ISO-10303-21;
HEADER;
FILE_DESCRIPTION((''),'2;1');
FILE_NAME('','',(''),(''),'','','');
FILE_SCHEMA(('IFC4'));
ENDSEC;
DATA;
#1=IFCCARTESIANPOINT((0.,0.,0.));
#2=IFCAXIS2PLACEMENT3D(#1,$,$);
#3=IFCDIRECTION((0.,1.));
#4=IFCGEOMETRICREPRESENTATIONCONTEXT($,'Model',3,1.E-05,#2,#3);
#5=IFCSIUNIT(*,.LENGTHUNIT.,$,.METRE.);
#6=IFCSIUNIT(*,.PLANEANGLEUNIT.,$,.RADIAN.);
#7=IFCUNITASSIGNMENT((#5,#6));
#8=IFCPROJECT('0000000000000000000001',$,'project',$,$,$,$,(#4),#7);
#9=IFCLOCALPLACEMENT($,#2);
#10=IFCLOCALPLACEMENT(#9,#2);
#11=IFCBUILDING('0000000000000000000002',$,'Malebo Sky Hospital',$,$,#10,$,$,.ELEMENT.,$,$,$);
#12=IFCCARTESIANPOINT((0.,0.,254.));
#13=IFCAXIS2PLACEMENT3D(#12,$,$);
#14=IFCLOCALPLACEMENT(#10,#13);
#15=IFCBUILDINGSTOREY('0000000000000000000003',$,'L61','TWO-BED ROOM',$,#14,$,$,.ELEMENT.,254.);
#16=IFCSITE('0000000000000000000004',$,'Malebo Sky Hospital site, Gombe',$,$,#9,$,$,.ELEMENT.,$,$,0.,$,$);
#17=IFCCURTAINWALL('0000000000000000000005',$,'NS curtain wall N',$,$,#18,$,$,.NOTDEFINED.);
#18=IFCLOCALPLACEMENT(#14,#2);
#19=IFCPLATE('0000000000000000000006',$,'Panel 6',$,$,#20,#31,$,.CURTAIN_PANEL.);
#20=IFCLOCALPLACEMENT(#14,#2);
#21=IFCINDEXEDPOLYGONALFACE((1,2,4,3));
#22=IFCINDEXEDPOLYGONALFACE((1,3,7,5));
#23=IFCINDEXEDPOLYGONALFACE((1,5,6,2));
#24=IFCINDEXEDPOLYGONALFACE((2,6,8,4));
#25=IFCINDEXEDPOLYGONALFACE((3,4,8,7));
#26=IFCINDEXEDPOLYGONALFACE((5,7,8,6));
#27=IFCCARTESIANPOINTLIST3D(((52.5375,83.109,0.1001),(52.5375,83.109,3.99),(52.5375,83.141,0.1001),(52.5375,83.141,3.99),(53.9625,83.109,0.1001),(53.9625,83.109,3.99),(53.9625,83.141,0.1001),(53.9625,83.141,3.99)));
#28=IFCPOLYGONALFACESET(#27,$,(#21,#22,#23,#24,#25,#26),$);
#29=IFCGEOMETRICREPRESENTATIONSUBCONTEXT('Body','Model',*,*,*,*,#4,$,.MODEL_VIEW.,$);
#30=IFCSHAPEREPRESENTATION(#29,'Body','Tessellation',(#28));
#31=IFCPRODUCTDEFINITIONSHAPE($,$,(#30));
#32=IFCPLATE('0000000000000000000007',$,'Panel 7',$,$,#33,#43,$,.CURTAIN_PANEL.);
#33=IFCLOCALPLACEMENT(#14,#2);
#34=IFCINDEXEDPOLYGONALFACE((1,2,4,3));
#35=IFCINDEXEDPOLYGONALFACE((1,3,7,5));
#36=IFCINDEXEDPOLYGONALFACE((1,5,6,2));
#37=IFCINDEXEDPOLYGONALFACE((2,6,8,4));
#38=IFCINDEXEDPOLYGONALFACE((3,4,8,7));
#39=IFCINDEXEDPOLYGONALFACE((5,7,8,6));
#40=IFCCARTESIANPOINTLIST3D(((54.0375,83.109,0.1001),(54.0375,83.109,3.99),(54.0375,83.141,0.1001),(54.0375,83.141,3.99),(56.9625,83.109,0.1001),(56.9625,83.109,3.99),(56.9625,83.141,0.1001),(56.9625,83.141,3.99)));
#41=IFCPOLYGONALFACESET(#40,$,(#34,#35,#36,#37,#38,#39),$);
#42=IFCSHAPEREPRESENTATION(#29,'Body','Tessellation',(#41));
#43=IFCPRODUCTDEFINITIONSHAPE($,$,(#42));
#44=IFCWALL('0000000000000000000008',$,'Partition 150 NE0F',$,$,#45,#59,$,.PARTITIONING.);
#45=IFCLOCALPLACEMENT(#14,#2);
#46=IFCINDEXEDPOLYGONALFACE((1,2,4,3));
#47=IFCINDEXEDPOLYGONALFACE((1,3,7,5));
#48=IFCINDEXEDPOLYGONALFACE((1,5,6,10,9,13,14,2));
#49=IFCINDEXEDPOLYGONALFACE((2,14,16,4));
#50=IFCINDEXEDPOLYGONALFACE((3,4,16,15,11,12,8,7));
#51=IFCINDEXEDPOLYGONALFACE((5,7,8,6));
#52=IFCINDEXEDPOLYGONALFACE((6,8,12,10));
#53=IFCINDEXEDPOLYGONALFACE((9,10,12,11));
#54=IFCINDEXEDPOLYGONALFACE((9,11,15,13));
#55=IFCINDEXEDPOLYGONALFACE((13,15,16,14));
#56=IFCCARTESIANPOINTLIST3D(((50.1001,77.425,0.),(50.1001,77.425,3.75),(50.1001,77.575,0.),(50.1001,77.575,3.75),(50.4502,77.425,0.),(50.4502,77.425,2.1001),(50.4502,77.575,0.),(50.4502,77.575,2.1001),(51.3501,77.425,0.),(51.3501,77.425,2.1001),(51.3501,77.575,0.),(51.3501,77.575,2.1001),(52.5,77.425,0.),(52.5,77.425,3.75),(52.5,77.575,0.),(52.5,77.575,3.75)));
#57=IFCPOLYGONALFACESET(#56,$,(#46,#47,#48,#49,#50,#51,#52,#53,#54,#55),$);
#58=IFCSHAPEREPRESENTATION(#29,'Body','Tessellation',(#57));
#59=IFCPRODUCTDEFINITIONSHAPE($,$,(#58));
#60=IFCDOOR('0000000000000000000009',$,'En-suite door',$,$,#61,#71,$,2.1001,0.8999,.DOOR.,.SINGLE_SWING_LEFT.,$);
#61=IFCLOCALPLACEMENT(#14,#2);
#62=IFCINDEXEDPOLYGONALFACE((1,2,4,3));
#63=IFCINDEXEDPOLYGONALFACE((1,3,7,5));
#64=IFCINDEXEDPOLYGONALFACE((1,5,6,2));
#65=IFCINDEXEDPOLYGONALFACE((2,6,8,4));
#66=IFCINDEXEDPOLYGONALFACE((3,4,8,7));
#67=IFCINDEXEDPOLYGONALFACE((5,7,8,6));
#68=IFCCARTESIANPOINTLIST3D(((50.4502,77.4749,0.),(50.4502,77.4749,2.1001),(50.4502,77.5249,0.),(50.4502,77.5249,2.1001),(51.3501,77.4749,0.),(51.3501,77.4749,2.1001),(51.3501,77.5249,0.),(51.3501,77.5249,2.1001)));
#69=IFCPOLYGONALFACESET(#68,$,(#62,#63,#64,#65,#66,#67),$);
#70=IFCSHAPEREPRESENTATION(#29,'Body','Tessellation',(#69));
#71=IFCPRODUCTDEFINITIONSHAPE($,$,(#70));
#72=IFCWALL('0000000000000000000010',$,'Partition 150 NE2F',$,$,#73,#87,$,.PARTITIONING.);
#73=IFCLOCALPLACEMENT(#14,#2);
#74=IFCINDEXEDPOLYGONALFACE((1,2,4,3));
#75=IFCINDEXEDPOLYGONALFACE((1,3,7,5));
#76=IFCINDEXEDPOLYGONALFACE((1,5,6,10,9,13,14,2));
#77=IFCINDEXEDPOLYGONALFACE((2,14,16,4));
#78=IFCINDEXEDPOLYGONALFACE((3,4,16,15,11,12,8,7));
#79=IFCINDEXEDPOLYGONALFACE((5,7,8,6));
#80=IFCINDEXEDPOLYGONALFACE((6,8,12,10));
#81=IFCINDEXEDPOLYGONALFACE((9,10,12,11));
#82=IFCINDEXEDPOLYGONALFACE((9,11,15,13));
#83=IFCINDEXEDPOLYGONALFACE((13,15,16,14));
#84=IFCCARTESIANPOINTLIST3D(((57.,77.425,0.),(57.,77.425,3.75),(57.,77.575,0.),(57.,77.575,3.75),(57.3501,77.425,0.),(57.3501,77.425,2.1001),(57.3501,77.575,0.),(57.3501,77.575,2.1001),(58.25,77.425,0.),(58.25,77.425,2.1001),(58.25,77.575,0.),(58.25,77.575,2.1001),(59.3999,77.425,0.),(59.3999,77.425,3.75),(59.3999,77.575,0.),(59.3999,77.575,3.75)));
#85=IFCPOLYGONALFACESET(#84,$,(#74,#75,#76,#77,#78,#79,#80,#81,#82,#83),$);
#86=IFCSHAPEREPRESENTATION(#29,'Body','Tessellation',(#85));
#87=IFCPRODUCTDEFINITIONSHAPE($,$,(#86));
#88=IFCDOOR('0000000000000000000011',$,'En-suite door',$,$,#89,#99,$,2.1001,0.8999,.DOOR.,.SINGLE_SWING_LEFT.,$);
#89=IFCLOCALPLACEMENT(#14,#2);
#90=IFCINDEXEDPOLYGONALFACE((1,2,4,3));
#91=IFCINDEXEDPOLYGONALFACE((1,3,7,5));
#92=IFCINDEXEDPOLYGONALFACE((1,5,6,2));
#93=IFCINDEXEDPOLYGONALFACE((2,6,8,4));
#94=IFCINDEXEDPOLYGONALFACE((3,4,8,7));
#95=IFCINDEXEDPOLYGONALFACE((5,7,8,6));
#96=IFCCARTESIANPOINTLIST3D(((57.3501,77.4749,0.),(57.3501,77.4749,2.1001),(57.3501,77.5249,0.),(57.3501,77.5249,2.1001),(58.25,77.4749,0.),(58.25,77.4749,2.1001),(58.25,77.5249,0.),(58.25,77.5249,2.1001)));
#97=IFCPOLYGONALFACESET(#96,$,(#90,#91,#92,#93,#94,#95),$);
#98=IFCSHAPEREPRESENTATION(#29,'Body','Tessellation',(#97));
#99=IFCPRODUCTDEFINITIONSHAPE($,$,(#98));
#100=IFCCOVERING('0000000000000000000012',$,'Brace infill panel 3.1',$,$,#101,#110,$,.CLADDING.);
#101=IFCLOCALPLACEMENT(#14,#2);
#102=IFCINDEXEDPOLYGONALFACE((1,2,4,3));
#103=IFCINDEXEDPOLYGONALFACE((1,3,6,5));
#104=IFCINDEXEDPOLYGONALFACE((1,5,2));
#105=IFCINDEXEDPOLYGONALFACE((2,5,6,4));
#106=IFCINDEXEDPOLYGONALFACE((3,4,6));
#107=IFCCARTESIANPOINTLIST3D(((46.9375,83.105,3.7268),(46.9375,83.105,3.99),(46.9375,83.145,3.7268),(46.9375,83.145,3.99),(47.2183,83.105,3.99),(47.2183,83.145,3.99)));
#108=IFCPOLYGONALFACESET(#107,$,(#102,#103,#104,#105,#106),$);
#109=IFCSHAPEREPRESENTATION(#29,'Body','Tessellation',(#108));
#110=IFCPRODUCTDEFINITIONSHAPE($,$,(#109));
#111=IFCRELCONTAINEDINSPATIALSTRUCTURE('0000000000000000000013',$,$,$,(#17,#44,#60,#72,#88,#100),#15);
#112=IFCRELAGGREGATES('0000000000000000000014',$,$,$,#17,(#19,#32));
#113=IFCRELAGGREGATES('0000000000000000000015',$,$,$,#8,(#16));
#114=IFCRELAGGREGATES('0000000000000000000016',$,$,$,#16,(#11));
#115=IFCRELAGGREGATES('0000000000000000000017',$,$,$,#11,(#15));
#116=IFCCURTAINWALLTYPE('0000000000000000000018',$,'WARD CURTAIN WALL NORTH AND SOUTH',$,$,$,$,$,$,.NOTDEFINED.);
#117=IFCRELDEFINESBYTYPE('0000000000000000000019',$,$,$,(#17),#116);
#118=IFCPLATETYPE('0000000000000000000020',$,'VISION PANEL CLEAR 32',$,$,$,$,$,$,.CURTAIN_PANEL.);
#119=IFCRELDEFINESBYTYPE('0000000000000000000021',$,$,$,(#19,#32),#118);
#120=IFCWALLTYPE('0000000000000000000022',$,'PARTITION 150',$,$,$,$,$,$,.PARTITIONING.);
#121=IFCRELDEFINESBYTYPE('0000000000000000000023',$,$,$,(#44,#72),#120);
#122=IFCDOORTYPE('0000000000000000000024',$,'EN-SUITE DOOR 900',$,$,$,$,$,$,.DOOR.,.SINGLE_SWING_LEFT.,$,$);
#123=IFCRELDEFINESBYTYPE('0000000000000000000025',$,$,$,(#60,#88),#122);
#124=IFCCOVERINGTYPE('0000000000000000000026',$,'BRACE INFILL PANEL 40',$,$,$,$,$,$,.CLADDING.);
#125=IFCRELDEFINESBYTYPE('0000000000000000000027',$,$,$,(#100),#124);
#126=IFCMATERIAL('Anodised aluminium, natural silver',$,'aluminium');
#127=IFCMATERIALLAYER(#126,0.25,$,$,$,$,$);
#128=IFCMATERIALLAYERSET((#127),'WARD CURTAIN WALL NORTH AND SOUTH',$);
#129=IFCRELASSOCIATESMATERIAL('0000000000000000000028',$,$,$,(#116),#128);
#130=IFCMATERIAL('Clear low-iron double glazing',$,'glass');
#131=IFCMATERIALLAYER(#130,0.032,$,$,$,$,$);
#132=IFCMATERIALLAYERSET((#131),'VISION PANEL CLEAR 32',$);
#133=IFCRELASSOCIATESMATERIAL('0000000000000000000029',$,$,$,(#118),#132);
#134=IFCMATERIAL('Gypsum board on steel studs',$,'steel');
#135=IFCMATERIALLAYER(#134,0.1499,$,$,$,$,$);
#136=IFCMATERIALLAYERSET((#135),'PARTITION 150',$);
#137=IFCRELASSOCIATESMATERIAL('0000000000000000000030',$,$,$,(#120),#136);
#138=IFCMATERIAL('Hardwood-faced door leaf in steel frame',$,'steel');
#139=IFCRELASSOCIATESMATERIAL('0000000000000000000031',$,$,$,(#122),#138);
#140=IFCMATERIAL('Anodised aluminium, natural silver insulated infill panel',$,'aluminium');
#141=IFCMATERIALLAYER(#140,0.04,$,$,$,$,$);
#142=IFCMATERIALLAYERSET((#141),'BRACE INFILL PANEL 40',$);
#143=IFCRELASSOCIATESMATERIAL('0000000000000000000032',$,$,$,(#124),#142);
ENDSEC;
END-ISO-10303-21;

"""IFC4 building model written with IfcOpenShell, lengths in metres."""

from ifc_helpers import new_model, si_unit, direction, frame, frame_2d, origin, origin_2d, place, context, subcontext, project, spatial, polyline, rectangle, outline, extrude, material, layer, layer_set, type_object, element, fill, aggregate, save


model = new_model("IFC4")

# Units and contexts
model_context = context("Model", 3, precision=1e-05, world=origin(), true_north=direction((0.0, 1.0)))
body_context = subcontext(model_context, "Body", "Model", "MODEL_VIEW")
ifc_project = project(units=[si_unit("LENGTHUNIT", "METRE"), si_unit("PLANEANGLEUNIT", "RADIAN")], contexts=[model_context])

# Site, building, storey
site_placement = place(None, origin())
site = spatial("IfcSite", under=ifc_project, at=site_placement, Name="Malebo Sky Hospital site, Gombe", CompositionType="ELEMENT", RefElevation=0.0)
building_placement = place(site_placement, origin())
building = spatial("IfcBuilding", under=site, at=building_placement, Name="Malebo Sky Hospital", CompositionType="ELEMENT")
storey_placement = place(building_placement, frame((0.0, 0.0, 254.0)))
storey = spatial("IfcBuildingStorey", under=building, at=storey_placement, Name="L61", Description="TWO-BED ROOM", CompositionType="ELEMENT", Elevation=254.0)

# Curtain wall
ifc_material_1 = material(Name="Anodised aluminium, natural silver", Category="aluminium")
ifc_layer_1 = layer(ifc_material_1, 0.25)
ifc_layer_set_1 = layer_set([ifc_layer_1], Name="WARD CURTAIN WALL NORTH AND SOUTH")
curtain_wall_type = type_object("IfcCurtainWallType", Name="WARD CURTAIN WALL NORTH AND SOUTH", PredefinedType="NOTDEFINED", material=ifc_layer_set_1)
curtain_wall_placement = place(storey_placement, origin())
curtain_wall = element("IfcCurtainWall", 1, at=curtain_wall_placement, inside=storey, type_object=curtain_wall_type, Name="NS curtain wall N", PredefinedType="NOTDEFINED")

# Plates
ifc_material_2 = material(Name="Clear low-iron double glazing", Category="glass")
ifc_layer_2 = layer(ifc_material_2, 0.032)
ifc_layer_set_2 = layer_set([ifc_layer_2], Name="VISION PANEL CLEAR 32")
plate_type = type_object("IfcPlateType", Name="VISION PANEL CLEAR 32", PredefinedType="CURTAIN_PANEL", material=ifc_layer_set_2)
plate_1_placement = place(storey_placement, frame((53.25, 83.125, 0.1001), z_axis=(0.0, 0.0, 1.0), x_axis=(1.0, 0.0, 0.0)))
plate_1 = element("IfcPlate", 2, at=plate_1_placement, type_object=plate_type, Name="Panel 6", PredefinedType="CURTAIN_PANEL", context=body_context, shape_type="SweptSolid", body=[
    extrude(rectangle(XDim=1.425, YDim=0.032, at=origin_2d()), origin(), (0.0, 0.0, 1.0), 3.8899),
])
plate_2_placement = place(storey_placement, frame((55.5, 83.125, 0.1001), z_axis=(0.0, 0.0, 1.0), x_axis=(1.0, 0.0, 0.0)))
plate_2 = element("IfcPlate", 3, at=plate_2_placement, type_object=plate_type, Name="Panel 7", PredefinedType="CURTAIN_PANEL", context=body_context, shape_type="SweptSolid", body=[
    extrude(rectangle(XDim=2.925, YDim=0.032, at=origin_2d()), origin(), (0.0, 0.0, 1.0), 3.8899),
])
aggregate(curtain_wall, [plate_1, plate_2])

# Walls, openings, doors
ifc_material_3 = material(Name="Gypsum board on steel studs", Category="steel")
ifc_layer_3 = layer(ifc_material_3, 0.1499)
ifc_layer_set_3 = layer_set([ifc_layer_3], Name="PARTITION 150")
wall_type = type_object("IfcWallType", Name="PARTITION 150", PredefinedType="PARTITIONING", material=ifc_layer_set_3)
wall_1_placement = place(storey_placement, frame((50.1001, 77.5, 0.0), z_axis=(0.0, 0.0, 1.0), x_axis=(1.0, 0.0, 0.0)))
wall_1 = element("IfcWall", 4, at=wall_1_placement, inside=storey, type_object=wall_type, Name="Partition 150 NE0F", PredefinedType="PARTITIONING", context=body_context, shape_type="SweptSolid", body=[
    extrude(rectangle(XDim=2.3999, YDim=0.1499, at=frame_2d((1.2, 0.0))), origin(), (0.0, 0.0, 1.0), 3.75),
])
opening_1_placement = place(wall_1_placement, frame((0.3501, 0.0, 0.0)))
opening_1 = element("IfcOpeningElement", 5, at=opening_1_placement, cuts=wall_1, PredefinedType="OPENING", context=body_context, shape_type="SweptSolid", body=[
    extrude(rectangle(XDim=0.8999, YDim=2.1001, at=frame_2d((0.45, 1.05))), frame((0.0, 0.085, 0.0), z_axis=(0.0, -1.0, 0.0), x_axis=(1.0, 0.0, 0.0)), (0.0, 0.0, 1.0), 0.1699),
])
ifc_material_4 = material(Name="Hardwood-faced door leaf in steel frame", Category="steel")
door_type = type_object("IfcDoorType", Name="EN-SUITE DOOR 900", OperationType="SINGLE_SWING_LEFT", PredefinedType="DOOR", material=ifc_material_4)
door_1_placement = place(opening_1_placement, origin())
door_1 = element("IfcDoor", 6, at=door_1_placement, inside=storey, type_object=door_type, Name="En-suite door", OperationType="SINGLE_SWING_LEFT", OverallHeight=2.1001, OverallWidth=0.8999, PredefinedType="DOOR", context=body_context, shape_type="SweptSolid", body=[
    extrude(rectangle(XDim=0.8999, YDim=2.1001, at=frame_2d((0.45, 1.05))), frame((0.0, 0.0249, 0.0), z_axis=(0.0, -1.0, 0.0), x_axis=(1.0, 0.0, 0.0)), (0.0, 0.0, 1.0), 0.05),
])
fill(opening_1, door_1)
wall_2_placement = place(storey_placement, frame((57.0, 77.5, 0.0), z_axis=(0.0, 0.0, 1.0), x_axis=(1.0, 0.0, 0.0)))
wall_2 = element("IfcWall", 7, at=wall_2_placement, inside=storey, type_object=wall_type, Name="Partition 150 NE2F", PredefinedType="PARTITIONING", context=body_context, shape_type="SweptSolid", body=[
    extrude(rectangle(XDim=2.3999, YDim=0.1499, at=frame_2d((1.2, 0.0))), origin(), (0.0, 0.0, 1.0), 3.75),
])
opening_2_placement = place(wall_2_placement, frame((0.3501, 0.0, 0.0)))
opening_2 = element("IfcOpeningElement", 8, at=opening_2_placement, cuts=wall_2, PredefinedType="OPENING", context=body_context, shape_type="SweptSolid", body=[
    extrude(rectangle(XDim=0.8999, YDim=2.1001, at=frame_2d((0.45, 1.05))), frame((0.0, 0.085, 0.0), z_axis=(0.0, -1.0, 0.0), x_axis=(1.0, 0.0, 0.0)), (0.0, 0.0, 1.0), 0.1699),
])
door_2_placement = place(opening_2_placement, origin())
door_2 = element("IfcDoor", 9, at=door_2_placement, inside=storey, type_object=door_type, Name="En-suite door", OperationType="SINGLE_SWING_LEFT", OverallHeight=2.1001, OverallWidth=0.8999, PredefinedType="DOOR", context=body_context, shape_type="SweptSolid", body=[
    extrude(rectangle(XDim=0.8999, YDim=2.1001, at=frame_2d((0.45, 1.05))), frame((0.0, 0.0249, 0.0), z_axis=(0.0, -1.0, 0.0), x_axis=(1.0, 0.0, 0.0)), (0.0, 0.0, 1.0), 0.05),
])
fill(opening_2, door_2)

# Covering
ifc_material_5 = material(Name="Anodised aluminium, natural silver insulated infill panel", Category="aluminium")
ifc_layer_4 = layer(ifc_material_5, 0.04)
ifc_layer_set_4 = layer_set([ifc_layer_4], Name="BRACE INFILL PANEL 40")
covering_type = type_object("IfcCoveringType", Name="BRACE INFILL PANEL 40", PredefinedType="CLADDING", material=ifc_layer_set_4)
covering_placement = place(storey_placement, frame((47.0779, 83.125, 3.7268), z_axis=(0.0, 0.0, 1.0), x_axis=(1.0, 0.0, 0.0)))
element("IfcCovering", 10, at=covering_placement, inside=storey, type_object=covering_type, Name="Brace infill panel 3.1", PredefinedType="CLADDING", context=body_context, shape_type="SweptSolid", body=[
    extrude(outline(polyline([(-0.1404, 0.0), (0.1404, 0.2632), (-0.1404, 0.2632), (-0.1404, 0.0)])), frame((0.0, 0.02, 0.0), z_axis=(0.0, -1.0, 0.0), x_axis=(1.0, 0.0, 0.0)), (0.0, 0.0, 1.0), 0.04),
])

save(model, "model.ifc")
